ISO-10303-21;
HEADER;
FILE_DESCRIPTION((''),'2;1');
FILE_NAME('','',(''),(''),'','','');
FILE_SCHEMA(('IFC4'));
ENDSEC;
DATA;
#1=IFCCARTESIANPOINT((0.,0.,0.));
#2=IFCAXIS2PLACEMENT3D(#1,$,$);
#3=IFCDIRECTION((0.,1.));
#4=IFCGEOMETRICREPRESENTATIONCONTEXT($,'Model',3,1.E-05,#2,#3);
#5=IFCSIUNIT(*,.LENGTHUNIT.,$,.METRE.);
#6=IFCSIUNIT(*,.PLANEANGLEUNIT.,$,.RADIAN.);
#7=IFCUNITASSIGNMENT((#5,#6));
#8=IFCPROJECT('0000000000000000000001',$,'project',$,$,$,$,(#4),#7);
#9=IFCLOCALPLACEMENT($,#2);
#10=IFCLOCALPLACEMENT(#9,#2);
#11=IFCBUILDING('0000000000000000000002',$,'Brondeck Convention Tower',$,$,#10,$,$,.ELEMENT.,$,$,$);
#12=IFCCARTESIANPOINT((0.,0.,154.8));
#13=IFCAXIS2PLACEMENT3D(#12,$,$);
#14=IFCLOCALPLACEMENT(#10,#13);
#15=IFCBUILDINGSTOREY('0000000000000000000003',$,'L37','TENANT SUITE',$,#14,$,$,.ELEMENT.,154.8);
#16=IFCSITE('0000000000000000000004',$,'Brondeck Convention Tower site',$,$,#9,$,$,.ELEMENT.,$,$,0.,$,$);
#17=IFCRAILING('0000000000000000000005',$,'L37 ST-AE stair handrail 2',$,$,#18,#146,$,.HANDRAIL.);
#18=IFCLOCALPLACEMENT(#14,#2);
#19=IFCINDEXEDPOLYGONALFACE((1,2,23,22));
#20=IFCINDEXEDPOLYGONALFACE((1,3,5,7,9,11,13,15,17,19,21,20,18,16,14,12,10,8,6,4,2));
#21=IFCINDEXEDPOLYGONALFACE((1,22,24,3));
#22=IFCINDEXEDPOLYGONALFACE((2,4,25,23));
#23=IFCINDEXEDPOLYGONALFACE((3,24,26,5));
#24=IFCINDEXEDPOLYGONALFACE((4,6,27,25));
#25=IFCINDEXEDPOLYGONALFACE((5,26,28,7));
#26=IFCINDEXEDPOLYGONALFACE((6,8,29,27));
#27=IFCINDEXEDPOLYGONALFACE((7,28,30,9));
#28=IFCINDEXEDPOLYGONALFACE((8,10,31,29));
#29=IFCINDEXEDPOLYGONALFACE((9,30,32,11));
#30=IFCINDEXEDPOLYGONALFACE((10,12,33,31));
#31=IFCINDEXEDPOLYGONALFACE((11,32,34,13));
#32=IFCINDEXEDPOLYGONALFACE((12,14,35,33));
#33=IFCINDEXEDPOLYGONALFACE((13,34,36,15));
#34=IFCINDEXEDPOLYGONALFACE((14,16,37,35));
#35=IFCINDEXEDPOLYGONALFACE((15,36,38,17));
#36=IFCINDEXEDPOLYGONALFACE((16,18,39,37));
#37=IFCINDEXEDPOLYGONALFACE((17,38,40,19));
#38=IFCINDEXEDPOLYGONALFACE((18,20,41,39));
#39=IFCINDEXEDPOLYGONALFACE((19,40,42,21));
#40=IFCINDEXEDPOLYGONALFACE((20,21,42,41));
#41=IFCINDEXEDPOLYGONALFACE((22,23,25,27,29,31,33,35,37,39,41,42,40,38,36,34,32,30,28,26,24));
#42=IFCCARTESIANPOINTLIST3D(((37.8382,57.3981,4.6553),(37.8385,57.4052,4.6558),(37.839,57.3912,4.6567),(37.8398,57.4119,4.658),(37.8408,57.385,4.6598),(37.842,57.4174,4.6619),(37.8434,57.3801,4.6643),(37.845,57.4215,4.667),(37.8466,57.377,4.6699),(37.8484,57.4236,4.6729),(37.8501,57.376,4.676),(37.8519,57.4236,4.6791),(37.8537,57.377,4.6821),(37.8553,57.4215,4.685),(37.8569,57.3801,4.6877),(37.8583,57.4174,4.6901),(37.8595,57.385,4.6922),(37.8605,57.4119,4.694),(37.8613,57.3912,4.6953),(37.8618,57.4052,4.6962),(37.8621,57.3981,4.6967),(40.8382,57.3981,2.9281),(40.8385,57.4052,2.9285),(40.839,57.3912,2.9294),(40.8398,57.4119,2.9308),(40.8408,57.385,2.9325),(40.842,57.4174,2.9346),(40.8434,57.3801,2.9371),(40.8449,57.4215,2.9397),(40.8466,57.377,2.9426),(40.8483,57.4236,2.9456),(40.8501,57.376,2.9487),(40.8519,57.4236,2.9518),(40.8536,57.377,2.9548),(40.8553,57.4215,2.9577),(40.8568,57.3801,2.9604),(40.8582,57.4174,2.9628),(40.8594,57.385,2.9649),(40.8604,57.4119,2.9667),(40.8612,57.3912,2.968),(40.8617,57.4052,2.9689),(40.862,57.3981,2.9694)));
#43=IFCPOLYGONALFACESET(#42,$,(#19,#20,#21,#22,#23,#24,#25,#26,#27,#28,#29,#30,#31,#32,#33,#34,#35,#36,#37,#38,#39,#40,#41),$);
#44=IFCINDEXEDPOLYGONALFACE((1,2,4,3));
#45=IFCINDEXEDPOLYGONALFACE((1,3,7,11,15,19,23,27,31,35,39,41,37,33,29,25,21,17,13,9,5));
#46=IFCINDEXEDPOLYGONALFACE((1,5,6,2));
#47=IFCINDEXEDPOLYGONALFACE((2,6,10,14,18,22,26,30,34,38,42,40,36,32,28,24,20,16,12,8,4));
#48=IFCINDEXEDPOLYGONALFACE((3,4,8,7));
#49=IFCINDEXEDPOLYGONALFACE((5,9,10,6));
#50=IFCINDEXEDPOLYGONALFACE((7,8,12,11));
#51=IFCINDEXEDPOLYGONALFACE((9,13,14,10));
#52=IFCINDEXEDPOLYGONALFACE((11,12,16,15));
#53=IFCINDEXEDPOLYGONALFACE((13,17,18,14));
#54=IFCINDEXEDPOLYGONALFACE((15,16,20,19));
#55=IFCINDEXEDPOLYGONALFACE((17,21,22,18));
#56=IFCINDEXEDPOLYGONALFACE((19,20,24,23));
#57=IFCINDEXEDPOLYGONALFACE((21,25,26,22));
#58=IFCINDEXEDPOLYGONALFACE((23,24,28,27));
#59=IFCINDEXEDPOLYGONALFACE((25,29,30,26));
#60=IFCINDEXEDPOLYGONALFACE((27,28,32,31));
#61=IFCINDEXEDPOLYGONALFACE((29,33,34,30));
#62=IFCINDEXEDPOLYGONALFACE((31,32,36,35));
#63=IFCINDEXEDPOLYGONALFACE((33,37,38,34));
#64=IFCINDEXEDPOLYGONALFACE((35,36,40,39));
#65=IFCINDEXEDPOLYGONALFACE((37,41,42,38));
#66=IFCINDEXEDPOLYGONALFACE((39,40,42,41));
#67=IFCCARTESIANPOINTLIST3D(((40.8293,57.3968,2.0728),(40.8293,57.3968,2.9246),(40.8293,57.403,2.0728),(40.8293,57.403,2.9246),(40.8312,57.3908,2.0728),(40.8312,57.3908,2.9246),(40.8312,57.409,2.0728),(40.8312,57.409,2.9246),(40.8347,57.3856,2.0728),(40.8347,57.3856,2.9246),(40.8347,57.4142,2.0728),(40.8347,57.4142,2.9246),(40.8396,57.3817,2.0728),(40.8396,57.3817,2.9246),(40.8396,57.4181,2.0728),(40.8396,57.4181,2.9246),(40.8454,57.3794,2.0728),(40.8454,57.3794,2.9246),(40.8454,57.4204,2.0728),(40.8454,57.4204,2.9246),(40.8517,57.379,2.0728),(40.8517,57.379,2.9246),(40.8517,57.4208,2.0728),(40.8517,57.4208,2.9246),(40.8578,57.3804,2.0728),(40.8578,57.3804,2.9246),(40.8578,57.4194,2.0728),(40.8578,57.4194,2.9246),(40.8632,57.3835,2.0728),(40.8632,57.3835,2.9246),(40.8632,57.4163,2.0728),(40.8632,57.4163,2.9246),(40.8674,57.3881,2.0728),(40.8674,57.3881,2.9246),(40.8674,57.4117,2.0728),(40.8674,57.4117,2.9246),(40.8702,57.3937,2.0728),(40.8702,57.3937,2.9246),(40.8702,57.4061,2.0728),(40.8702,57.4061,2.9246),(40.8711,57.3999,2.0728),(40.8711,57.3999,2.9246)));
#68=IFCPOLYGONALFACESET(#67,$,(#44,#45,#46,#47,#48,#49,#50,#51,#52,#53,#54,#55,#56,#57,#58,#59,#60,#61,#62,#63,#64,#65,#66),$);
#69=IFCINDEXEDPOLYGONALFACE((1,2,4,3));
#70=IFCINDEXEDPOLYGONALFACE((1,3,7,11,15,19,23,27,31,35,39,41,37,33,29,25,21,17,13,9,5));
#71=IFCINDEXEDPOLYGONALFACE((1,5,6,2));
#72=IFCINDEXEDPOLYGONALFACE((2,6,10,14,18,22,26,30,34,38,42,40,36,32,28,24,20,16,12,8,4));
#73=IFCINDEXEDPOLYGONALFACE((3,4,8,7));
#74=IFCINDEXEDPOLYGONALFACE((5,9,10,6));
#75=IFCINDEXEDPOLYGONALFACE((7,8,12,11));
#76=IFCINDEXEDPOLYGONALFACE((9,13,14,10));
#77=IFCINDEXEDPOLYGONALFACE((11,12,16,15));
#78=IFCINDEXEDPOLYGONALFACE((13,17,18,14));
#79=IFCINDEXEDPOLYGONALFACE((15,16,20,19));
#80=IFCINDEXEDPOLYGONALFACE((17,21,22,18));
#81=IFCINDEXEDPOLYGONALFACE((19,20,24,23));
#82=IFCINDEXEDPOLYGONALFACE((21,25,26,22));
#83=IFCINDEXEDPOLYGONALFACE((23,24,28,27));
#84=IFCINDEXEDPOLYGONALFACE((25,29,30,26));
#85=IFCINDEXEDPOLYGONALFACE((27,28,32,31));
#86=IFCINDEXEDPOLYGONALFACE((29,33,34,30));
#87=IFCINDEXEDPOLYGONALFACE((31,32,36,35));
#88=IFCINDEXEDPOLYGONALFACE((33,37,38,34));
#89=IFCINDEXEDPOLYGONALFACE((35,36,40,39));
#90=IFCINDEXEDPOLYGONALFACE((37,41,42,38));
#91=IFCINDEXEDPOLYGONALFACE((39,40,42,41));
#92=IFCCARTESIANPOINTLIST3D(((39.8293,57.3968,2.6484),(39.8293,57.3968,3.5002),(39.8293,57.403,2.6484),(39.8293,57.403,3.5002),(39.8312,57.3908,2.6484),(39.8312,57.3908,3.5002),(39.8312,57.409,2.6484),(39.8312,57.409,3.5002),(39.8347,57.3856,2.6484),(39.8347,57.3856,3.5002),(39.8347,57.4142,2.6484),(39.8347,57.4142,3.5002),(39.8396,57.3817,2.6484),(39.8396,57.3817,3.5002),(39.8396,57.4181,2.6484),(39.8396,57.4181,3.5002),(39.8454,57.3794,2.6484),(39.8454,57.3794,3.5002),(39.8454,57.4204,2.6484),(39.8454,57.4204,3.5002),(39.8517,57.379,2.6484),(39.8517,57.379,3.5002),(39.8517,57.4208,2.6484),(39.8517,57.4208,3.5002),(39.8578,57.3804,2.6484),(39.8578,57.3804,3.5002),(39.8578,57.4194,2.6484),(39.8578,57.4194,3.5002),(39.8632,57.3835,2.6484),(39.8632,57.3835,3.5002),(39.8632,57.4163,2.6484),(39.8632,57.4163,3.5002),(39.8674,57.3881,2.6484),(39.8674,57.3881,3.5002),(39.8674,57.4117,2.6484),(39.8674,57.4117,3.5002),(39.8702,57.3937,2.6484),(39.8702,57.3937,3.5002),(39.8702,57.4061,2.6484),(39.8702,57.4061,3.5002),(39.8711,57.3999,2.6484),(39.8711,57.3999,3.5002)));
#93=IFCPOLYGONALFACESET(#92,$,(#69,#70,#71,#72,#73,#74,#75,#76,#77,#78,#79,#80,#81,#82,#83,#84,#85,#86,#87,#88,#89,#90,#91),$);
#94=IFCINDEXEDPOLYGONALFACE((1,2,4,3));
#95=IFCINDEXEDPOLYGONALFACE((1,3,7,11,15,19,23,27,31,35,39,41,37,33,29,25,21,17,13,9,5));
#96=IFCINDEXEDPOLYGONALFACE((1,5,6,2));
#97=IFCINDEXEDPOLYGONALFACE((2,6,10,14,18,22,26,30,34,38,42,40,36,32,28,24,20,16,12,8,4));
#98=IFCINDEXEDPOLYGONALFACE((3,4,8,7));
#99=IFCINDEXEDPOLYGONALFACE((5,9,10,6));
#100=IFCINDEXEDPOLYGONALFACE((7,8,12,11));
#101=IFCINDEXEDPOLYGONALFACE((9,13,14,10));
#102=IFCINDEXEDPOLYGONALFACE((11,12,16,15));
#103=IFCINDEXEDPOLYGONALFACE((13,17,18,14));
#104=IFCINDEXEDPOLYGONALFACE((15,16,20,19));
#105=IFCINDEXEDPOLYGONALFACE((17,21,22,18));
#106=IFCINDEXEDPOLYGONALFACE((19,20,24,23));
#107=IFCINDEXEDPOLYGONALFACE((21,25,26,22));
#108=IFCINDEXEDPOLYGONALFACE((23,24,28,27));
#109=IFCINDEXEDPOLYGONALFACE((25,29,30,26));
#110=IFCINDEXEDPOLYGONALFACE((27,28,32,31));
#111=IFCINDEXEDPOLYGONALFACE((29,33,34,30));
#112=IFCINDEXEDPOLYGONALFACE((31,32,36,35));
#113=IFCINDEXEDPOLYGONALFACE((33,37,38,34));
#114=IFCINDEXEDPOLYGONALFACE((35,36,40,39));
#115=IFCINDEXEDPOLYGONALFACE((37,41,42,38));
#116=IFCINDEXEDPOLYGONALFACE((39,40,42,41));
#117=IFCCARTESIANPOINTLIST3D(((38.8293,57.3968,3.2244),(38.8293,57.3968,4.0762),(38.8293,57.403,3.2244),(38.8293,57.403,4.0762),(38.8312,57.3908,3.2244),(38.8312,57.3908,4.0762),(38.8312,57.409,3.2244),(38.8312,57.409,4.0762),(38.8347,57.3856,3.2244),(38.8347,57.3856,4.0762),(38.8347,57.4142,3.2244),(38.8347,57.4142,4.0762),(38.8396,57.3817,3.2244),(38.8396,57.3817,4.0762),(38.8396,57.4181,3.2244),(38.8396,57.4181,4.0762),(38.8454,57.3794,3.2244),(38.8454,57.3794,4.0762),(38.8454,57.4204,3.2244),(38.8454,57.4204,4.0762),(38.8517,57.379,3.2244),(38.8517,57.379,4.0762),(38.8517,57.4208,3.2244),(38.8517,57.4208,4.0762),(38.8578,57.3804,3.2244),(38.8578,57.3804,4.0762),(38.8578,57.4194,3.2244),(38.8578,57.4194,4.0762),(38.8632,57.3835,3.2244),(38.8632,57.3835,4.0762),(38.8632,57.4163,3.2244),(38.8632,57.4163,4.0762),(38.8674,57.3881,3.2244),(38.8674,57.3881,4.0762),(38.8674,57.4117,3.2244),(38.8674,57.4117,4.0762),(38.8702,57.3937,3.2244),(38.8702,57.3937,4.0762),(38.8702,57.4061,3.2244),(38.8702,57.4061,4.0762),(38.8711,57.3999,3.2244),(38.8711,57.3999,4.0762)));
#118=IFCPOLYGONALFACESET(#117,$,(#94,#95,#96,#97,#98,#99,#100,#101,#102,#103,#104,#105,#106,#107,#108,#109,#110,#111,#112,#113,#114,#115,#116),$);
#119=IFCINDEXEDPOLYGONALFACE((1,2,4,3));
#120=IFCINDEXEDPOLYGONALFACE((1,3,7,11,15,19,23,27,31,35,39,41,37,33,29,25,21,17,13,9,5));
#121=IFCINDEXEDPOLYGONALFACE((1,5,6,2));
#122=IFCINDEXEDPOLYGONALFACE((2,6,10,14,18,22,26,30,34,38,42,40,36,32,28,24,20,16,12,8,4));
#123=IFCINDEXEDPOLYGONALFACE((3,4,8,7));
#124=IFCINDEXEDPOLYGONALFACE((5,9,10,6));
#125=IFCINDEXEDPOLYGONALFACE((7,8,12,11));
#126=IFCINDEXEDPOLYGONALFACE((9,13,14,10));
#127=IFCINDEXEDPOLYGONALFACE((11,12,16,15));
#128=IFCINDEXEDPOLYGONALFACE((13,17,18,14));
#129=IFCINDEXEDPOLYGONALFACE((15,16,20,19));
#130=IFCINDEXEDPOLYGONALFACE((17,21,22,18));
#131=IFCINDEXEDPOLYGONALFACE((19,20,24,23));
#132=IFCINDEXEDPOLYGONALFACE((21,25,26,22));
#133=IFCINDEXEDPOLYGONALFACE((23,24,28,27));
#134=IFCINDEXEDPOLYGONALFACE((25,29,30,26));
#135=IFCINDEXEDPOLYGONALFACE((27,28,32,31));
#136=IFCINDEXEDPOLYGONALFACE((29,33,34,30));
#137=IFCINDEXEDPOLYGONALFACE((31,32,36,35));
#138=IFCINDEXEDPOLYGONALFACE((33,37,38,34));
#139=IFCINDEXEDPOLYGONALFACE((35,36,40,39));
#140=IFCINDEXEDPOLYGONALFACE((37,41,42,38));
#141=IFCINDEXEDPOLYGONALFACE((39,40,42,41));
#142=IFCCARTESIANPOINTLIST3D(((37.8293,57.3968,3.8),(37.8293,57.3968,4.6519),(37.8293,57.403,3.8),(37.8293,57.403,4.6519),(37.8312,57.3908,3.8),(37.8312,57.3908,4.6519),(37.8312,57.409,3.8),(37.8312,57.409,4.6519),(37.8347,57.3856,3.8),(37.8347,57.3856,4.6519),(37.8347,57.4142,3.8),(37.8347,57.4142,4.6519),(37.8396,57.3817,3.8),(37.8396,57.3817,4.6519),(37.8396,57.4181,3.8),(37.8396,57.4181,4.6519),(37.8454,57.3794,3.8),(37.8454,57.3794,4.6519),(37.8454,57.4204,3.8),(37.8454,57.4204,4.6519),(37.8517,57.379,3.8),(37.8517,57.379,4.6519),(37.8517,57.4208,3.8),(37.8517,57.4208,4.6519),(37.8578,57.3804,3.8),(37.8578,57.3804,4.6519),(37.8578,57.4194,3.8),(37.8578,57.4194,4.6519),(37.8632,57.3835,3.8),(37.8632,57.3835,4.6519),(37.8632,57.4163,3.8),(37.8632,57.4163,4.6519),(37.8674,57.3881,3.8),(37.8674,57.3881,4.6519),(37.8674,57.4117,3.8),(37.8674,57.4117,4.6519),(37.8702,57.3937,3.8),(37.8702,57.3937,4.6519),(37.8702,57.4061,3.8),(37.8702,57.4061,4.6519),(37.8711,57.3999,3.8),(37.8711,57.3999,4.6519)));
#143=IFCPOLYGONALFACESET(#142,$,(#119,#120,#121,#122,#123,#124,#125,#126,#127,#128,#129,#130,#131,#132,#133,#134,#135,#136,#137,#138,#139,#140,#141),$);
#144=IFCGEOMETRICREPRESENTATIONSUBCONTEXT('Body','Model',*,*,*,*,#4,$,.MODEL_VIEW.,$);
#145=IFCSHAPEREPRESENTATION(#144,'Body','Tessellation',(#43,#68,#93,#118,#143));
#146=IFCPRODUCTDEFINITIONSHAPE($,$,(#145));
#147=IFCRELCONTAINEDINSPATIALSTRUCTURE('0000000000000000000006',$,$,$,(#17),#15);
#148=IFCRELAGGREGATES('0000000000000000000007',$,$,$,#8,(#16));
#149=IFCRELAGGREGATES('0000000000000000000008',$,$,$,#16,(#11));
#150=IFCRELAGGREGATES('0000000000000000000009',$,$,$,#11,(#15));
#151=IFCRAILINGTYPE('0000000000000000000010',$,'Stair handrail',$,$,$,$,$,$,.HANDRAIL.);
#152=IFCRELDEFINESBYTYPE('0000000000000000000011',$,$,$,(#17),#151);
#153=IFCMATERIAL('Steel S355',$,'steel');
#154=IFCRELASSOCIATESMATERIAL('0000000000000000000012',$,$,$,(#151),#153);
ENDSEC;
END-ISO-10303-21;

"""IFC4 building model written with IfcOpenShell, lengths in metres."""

from ifc_helpers import new_model, si_unit, direction, frame, origin, origin_2d, place, context, subcontext, project, spatial, circle, extrude, material, type_object, element, save


model = new_model("IFC4")

# Units and contexts
model_context = context("Model", 3, precision=1e-05, world=origin(), true_north=direction((0.0, 1.0)))
body_context = subcontext(model_context, "Body", "Model", "MODEL_VIEW")
ifc_project = project(units=[si_unit("LENGTHUNIT", "METRE"), si_unit("PLANEANGLEUNIT", "RADIAN")], contexts=[model_context])

# Site, building, storey
site_placement = place(None, origin())
site = spatial("IfcSite", under=ifc_project, at=site_placement, Name="Brondeck Convention Tower site", CompositionType="ELEMENT", RefElevation=0.0)
building_placement = place(site_placement, origin())
building = spatial("IfcBuilding", under=site, at=building_placement, Name="Brondeck Convention Tower", CompositionType="ELEMENT")
storey_placement = place(building_placement, frame((0.0, 0.0, 154.8)))
storey = spatial("IfcBuildingStorey", under=building, at=storey_placement, Name="L37", Description="TENANT SUITE", CompositionType="ELEMENT", Elevation=154.8)

# Shared definitions
ifc_material_1 = material(Name="Steel S355", Category="steel")

# Railing
railing_type = type_object("IfcRailingType", Name="Stair handrail", PredefinedType="HANDRAIL", material=ifc_material_1)
for number, where, name in (
    (1, (40.8501, 57.3999, 2.0728), "L37 ST-AE stair handrail 2"),
):
    element("IfcRailing", number, at=place(storey_placement, frame(where)), inside=storey, type_object=railing_type, Name=name, PredefinedType="HANDRAIL", context=body_context, shape_type="SweptSolid", body=[
        extrude(circle(Radius=0.0239, at=origin_2d()), frame((0.0, 0.0, 0.876), z_axis=(-0.86662, 0.0, 0.498969), x_axis=(0.0, -1.0, 0.0)), (0.0, 0.0, 1.0), 3.4617),
        extrude(circle(Radius=0.021, at=origin_2d()), origin(), (0.0, 0.0, 1.0), 0.8518),
        extrude(circle(Radius=0.021, at=origin_2d()), frame((-1.0, 0.0, 0.5757)), (0.0, 0.0, 1.0), 0.8518),
        extrude(circle(Radius=0.021, at=origin_2d()), frame((-2.0, 0.0, 1.1516)), (0.0, 0.0, 1.0), 0.8518),
        extrude(circle(Radius=0.021, at=origin_2d()), frame((-3.0, 0.0, 1.7273)), (0.0, 0.0, 1.0), 0.8518),
    ])

save(model, "model.ifc")
